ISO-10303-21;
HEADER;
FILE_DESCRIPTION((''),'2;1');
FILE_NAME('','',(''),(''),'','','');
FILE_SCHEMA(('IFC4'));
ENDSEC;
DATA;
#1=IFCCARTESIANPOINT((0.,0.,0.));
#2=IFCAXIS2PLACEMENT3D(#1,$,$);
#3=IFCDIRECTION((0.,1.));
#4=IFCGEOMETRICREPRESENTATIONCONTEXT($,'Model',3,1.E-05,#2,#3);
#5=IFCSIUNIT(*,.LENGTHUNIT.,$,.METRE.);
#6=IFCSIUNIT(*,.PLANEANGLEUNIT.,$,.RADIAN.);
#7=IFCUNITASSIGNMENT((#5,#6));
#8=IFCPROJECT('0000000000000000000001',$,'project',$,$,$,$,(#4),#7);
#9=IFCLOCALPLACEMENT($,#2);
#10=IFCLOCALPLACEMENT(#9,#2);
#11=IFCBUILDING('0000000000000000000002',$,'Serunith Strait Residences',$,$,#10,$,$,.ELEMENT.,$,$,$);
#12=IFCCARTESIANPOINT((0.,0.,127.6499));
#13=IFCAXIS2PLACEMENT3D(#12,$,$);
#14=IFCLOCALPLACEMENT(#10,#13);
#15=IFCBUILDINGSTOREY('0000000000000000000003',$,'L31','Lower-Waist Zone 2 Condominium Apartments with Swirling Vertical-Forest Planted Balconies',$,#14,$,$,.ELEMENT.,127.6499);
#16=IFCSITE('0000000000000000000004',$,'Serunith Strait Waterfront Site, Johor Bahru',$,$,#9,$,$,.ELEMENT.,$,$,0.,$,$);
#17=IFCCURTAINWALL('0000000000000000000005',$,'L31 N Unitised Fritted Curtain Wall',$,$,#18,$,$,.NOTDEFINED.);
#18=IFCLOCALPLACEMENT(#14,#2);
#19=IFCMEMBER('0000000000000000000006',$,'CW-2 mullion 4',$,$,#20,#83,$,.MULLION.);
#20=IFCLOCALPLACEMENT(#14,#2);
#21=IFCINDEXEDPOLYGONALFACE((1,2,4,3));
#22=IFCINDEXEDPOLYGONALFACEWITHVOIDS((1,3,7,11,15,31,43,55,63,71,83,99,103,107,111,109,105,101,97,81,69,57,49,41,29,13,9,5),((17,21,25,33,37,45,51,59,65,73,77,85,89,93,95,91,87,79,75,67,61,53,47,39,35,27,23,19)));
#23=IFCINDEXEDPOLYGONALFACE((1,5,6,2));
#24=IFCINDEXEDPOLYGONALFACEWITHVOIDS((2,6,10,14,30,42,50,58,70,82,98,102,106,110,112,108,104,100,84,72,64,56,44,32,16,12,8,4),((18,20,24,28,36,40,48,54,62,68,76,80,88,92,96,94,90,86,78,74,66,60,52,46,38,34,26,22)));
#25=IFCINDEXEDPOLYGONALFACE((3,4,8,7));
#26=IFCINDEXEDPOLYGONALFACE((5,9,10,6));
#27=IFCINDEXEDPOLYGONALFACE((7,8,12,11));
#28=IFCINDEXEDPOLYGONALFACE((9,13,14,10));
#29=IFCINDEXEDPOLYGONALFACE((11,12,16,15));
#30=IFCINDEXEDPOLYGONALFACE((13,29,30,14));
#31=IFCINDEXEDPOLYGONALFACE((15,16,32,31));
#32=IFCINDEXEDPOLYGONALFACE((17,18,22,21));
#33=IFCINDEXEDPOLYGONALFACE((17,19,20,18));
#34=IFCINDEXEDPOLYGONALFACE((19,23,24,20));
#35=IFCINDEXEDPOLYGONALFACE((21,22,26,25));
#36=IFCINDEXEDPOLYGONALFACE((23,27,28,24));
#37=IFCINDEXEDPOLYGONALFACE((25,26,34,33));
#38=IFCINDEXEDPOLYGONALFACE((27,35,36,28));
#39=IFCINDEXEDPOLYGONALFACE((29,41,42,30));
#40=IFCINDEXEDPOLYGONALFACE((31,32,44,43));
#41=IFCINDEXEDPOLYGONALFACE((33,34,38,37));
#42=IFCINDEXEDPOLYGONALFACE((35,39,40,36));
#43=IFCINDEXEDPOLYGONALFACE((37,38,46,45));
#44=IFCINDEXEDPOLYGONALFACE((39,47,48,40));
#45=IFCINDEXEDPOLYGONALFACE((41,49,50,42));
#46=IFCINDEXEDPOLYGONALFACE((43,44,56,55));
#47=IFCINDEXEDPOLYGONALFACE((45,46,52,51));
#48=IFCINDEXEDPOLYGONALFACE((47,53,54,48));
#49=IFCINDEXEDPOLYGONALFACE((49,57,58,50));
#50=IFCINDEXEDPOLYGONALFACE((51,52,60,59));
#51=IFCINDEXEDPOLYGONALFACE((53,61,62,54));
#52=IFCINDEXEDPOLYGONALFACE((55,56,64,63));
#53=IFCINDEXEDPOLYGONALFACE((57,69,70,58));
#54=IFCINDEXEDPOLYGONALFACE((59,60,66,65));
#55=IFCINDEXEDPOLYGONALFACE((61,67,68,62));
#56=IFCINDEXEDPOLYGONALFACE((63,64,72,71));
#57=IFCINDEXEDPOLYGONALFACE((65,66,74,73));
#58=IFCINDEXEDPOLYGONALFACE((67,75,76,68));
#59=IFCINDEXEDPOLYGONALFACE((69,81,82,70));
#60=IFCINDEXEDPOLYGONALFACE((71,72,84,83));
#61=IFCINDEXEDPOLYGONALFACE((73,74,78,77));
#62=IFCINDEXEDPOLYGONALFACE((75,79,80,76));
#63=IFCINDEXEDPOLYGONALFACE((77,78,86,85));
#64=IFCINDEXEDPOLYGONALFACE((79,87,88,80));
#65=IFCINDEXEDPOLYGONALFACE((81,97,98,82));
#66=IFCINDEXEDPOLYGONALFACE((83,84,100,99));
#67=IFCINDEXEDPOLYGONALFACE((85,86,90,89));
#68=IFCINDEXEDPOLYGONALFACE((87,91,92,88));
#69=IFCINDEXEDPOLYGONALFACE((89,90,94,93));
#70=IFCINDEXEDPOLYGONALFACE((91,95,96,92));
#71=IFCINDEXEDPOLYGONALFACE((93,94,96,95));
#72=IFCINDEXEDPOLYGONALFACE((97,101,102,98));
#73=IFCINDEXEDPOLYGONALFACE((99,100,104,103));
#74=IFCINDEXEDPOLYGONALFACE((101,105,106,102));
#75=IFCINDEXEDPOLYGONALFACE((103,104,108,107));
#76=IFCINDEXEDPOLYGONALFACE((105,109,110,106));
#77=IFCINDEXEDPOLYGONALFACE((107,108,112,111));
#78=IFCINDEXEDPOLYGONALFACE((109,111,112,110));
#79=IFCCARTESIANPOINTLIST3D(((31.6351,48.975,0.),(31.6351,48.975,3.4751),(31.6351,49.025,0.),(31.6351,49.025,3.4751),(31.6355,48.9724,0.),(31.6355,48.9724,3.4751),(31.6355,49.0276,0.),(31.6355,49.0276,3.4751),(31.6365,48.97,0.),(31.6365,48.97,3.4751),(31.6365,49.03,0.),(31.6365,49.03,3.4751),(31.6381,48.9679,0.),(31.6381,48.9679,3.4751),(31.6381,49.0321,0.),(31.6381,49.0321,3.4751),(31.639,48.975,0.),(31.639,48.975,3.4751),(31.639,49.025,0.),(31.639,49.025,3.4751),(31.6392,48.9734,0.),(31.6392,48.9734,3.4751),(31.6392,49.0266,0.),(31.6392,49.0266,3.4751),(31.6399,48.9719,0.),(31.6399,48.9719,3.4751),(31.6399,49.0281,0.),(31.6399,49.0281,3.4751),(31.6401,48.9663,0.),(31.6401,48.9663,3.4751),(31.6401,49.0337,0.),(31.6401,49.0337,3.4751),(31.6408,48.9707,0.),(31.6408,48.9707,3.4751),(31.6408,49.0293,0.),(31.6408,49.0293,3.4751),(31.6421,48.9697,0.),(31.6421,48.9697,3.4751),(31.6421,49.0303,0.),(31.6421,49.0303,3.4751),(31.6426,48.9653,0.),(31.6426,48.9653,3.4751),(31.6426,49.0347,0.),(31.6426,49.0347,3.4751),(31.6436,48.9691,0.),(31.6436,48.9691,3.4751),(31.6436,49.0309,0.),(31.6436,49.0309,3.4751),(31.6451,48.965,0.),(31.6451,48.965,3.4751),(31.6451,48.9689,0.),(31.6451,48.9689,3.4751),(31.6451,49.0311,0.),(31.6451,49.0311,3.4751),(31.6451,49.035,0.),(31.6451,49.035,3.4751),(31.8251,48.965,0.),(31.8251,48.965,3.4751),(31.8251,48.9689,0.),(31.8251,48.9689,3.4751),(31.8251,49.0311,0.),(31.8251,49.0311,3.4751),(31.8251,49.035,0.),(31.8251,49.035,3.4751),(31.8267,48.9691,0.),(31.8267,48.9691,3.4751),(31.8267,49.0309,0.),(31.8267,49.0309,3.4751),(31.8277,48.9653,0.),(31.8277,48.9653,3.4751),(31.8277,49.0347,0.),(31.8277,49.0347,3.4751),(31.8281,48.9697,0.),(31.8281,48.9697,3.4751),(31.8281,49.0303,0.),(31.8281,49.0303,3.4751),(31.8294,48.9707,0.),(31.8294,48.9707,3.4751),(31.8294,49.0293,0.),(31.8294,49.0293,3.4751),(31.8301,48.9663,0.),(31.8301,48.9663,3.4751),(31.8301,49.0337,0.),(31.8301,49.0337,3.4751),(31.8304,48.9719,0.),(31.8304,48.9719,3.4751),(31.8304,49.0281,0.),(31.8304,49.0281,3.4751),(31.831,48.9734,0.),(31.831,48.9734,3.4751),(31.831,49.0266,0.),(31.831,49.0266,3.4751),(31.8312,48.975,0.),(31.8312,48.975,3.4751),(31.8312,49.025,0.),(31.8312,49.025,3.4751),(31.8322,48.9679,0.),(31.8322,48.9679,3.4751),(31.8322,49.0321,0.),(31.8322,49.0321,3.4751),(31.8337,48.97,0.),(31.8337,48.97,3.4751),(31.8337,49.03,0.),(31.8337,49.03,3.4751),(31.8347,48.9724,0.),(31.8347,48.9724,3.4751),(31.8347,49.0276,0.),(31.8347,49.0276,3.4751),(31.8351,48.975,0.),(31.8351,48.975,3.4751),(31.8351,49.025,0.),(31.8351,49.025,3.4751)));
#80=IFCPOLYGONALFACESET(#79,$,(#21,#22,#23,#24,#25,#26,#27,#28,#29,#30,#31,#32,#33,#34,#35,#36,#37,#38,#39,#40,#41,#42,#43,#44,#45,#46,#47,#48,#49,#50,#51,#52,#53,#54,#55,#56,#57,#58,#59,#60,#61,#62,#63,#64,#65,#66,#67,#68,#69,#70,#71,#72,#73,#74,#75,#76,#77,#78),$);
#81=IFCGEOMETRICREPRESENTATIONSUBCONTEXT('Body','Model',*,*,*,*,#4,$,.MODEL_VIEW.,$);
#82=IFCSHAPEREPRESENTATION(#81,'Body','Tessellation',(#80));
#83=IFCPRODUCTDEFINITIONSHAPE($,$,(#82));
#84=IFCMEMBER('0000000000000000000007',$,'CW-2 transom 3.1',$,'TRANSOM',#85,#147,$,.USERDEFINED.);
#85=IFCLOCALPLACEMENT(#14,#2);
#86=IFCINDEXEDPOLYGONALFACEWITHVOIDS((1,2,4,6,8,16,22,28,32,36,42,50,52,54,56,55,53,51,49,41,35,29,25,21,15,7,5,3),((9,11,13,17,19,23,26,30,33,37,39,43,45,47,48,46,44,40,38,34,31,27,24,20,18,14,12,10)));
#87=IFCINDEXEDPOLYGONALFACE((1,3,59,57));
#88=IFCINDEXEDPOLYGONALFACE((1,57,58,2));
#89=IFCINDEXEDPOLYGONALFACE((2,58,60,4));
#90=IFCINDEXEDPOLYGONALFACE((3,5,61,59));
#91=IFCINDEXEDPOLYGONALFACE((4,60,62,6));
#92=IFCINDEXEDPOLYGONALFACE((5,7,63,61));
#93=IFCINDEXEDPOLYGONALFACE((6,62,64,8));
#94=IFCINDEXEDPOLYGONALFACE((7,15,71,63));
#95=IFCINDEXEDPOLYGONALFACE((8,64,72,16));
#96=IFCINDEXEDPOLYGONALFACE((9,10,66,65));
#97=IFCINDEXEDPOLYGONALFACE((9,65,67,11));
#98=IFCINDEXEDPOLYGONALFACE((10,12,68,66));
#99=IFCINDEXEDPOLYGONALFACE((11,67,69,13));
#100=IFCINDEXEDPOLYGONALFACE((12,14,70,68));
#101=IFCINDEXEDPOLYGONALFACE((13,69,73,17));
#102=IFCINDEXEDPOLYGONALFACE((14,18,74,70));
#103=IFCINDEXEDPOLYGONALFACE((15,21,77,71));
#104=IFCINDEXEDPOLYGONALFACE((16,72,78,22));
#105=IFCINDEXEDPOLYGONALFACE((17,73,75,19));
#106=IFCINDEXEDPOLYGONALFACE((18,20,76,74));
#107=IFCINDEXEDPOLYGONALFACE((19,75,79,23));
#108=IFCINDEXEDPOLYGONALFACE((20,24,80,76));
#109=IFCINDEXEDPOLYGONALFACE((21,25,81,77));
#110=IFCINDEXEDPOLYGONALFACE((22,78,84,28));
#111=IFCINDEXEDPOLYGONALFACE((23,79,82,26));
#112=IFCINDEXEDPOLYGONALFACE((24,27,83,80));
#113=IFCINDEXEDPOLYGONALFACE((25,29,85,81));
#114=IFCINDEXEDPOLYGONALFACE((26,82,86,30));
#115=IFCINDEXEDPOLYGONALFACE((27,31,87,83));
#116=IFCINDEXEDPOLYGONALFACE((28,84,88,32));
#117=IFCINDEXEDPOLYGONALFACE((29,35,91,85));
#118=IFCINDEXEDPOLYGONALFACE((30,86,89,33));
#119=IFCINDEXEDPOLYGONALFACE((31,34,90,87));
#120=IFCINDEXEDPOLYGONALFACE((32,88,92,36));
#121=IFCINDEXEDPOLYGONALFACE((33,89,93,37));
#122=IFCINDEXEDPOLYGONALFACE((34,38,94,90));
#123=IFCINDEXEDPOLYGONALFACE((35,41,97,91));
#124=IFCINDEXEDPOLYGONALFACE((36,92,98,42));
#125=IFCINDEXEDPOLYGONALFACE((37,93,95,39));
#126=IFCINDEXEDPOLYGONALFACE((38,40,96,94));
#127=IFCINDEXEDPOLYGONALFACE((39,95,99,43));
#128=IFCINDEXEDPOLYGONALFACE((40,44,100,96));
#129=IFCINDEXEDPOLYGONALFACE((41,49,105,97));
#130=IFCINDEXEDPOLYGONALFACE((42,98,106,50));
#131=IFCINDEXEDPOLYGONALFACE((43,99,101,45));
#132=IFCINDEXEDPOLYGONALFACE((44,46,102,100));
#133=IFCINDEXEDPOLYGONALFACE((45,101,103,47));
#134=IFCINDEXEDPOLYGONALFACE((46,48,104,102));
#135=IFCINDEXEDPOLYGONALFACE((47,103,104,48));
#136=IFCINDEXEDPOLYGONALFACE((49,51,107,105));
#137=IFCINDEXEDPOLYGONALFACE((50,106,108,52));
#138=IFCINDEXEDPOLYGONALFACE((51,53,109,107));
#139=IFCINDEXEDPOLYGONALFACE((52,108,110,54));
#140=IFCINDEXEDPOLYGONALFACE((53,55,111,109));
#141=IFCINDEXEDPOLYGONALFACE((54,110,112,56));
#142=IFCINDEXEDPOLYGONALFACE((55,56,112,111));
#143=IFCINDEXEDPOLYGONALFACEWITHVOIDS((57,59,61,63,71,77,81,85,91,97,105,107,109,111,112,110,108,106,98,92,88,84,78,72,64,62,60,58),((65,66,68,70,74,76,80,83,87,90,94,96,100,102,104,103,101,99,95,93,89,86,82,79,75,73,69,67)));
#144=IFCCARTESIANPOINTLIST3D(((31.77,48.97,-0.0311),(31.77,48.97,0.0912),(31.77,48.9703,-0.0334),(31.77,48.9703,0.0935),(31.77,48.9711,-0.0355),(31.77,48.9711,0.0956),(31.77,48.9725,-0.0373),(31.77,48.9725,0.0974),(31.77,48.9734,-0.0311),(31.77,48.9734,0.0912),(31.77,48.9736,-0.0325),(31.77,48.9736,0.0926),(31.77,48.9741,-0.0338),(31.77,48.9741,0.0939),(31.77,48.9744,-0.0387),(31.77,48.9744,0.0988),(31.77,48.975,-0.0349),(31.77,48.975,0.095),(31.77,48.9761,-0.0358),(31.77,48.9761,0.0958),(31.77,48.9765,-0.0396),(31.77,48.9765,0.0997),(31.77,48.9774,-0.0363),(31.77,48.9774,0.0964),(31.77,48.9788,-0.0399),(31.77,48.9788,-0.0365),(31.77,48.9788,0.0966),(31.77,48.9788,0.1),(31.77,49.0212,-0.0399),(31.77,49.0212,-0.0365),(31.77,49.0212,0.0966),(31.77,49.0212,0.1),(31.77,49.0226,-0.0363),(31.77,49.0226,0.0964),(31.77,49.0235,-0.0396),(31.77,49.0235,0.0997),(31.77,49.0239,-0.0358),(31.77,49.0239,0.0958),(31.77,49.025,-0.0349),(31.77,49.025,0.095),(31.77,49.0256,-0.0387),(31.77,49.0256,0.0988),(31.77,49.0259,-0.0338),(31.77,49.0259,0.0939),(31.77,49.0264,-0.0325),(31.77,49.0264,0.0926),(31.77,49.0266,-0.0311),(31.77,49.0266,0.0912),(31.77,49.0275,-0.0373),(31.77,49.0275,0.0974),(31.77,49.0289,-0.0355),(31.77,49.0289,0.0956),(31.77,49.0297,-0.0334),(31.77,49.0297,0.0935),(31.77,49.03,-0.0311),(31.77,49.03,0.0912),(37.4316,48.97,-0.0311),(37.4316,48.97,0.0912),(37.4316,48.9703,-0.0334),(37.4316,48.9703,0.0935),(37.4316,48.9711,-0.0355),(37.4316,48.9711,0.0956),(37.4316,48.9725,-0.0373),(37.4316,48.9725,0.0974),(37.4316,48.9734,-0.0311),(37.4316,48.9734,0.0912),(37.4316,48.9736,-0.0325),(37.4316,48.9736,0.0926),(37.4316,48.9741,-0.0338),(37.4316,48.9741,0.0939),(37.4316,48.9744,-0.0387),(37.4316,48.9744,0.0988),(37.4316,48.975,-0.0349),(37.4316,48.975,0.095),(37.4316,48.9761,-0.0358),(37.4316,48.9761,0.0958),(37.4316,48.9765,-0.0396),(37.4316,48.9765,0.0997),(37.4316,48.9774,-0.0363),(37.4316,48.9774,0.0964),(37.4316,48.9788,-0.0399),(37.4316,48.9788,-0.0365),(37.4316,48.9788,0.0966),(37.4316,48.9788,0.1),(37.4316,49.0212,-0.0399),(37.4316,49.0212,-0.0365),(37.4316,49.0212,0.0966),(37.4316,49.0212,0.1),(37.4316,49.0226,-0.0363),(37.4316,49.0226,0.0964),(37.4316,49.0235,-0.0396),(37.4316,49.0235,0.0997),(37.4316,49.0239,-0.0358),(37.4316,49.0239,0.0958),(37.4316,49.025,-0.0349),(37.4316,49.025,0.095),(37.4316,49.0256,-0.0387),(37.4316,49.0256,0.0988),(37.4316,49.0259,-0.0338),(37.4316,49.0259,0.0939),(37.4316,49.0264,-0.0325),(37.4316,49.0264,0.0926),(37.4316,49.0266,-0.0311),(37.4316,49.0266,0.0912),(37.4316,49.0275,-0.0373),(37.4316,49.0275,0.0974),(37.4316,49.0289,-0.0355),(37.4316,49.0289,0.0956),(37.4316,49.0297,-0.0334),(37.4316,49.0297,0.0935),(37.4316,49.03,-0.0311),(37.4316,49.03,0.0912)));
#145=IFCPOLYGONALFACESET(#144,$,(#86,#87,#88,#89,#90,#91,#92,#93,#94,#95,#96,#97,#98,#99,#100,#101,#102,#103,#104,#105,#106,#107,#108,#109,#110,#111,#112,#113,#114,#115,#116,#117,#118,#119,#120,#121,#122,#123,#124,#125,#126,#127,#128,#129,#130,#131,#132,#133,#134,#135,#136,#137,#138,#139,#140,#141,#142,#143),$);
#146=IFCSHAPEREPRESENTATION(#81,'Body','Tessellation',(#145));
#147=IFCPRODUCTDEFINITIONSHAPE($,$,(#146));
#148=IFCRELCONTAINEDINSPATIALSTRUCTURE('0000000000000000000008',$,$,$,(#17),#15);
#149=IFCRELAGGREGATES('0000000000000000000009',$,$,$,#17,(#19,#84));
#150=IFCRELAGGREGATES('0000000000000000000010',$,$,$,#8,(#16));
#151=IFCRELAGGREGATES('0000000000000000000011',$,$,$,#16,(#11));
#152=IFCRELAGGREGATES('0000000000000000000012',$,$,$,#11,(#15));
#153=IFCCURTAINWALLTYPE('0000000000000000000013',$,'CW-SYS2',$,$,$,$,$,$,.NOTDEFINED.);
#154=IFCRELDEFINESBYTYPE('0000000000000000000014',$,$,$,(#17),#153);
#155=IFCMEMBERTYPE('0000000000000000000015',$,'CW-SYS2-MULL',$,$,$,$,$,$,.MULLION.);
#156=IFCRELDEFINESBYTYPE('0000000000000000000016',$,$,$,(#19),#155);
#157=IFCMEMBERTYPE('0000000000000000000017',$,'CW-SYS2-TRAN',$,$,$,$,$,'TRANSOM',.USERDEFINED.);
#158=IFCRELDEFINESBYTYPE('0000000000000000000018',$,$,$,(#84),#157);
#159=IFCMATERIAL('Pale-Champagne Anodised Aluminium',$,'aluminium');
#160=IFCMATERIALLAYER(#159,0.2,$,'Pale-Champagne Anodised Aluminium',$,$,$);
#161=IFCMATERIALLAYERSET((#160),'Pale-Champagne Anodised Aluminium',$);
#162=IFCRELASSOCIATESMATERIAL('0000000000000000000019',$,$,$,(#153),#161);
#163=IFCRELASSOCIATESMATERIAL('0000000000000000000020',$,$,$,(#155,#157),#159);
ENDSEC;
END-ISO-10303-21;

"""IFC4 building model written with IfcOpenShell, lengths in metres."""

from ifc_helpers import new_model, si_unit, direction, frame, origin, origin_2d, place, context, subcontext, project, spatial, hollow_rectangle, extrude, source, transform, mapped, material, layer, layer_set, material_profile, profile_set, type_object, element, aggregate, save


model = new_model("IFC4")

# Units and contexts
model_context = context("Model", 3, precision=1e-05, world=origin(), true_north=direction((0.0, 1.0)))
body_context = subcontext(model_context, "Body", "Model", "MODEL_VIEW")
ifc_project = project(units=[si_unit("LENGTHUNIT", "METRE"), si_unit("PLANEANGLEUNIT", "RADIAN")], contexts=[model_context])

# Site, building, storey
site_placement = place(None, origin())
site = spatial("IfcSite", under=ifc_project, at=site_placement, Name="Serunith Strait Waterfront Site, Johor Bahru", CompositionType="ELEMENT", RefElevation=0.0)
building_placement = place(site_placement, origin())
building = spatial("IfcBuilding", under=site, at=building_placement, Name="Serunith Strait Residences", CompositionType="ELEMENT")
storey_placement = place(building_placement, frame((0.0, 0.0, 127.6499)))
storey = spatial("IfcBuildingStorey", under=building, at=storey_placement, Name="L31", Description="Lower-Waist Zone 2 Condominium Apartments with Swirling Vertical-Forest Planted Balconies", CompositionType="ELEMENT", Elevation=127.6499)

# Curtain wall, members
ifc_material_1 = material(Name="Pale-Champagne Anodised Aluminium", Category="aluminium")
ifc_layer_1 = layer(ifc_material_1, 0.2, Name="Pale-Champagne Anodised Aluminium")
ifc_layer_set_1 = layer_set([ifc_layer_1], Name="Pale-Champagne Anodised Aluminium")
curtain_wall_type = type_object("IfcCurtainWallType", Name="CW-SYS2", PredefinedType="NOTDEFINED", material=ifc_layer_set_1)
curtain_wall_placement = place(storey_placement, origin())
curtain_wall = element("IfcCurtainWall", 1, at=curtain_wall_placement, inside=storey, type_object=curtain_wall_type, Name="L31 N Unitised Fritted Curtain Wall", PredefinedType="NOTDEFINED")
ifc_material_profile_1 = material_profile(ifc_material_1, hollow_rectangle(XDim=0.0701, YDim=0.2, WallThickness=0.0039, InnerFilletRadius=0.0061, OuterFilletRadius=0.01, at=origin_2d()), Name="ALU 200x70x4")
ifc_profile_set_1 = profile_set([ifc_material_profile_1], Name="Pale-Champagne Anodised Aluminium")
member_type_1 = type_object("IfcMemberType", Name="CW-SYS2-MULL", PredefinedType="MULLION", material=ifc_profile_set_1)
shared_shape_1 = source(origin(), body_context, "Body", "SweptSolid", [
    extrude(hollow_rectangle(XDim=0.0701, YDim=0.2, WallThickness=0.0039, InnerFilletRadius=0.0061, OuterFilletRadius=0.01, at=origin_2d()), origin(), (0.0, 0.0, 1.0), 3.4751),
])
member_1_placement = place(storey_placement, frame((31.7351, 49.0, 0.0), z_axis=(0.0, 0.0, 1.0), x_axis=(0.0, -1.0, 0.0)))
member_1 = element("IfcMember", 2, at=member_1_placement, type_object=member_type_1, Name="CW-2 mullion 4", PredefinedType="MULLION", context=body_context, shape_type="MappedRepresentation", body=[
    mapped(shared_shape_1, transform((0.0, 0.0, 0.0), scale=1.0)),
])
ifc_material_profile_2 = material_profile(ifc_material_1, hollow_rectangle(XDim=0.0601, YDim=0.1399, WallThickness=0.0034, InnerFilletRadius=0.0054, OuterFilletRadius=0.0088, at=origin_2d()), Name="ALU 140x60x3.5")
ifc_profile_set_2 = profile_set([ifc_material_profile_2], Name="Pale-Champagne Anodised Aluminium")
member_type_2 = type_object("IfcMemberType", Name="CW-SYS2-TRAN", ElementType="TRANSOM", PredefinedType="USERDEFINED", material=ifc_profile_set_2)
shared_shape_2 = source(origin(), body_context, "Body", "SweptSolid", [
    extrude(hollow_rectangle(XDim=0.0601, YDim=0.1399, WallThickness=0.0034, InnerFilletRadius=0.0054, OuterFilletRadius=0.0088, at=origin_2d()), origin(), (0.0, 0.0, 1.0), 5.6616),
])
member_2_placement = place(storey_placement, frame((37.4316, 49.0, 0.03), z_axis=(-1.0, 0.0, 0.0), x_axis=(0.0, -1.0, 0.0)))
member_2 = element("IfcMember", 3, at=member_2_placement, type_object=member_type_2, Name="CW-2 transom 3.1", ObjectType="TRANSOM", PredefinedType="USERDEFINED", context=body_context, shape_type="MappedRepresentation", body=[
    mapped(shared_shape_2, transform((0.0, 0.0, 0.0), scale=1.0)),
])
aggregate(curtain_wall, [member_1, member_2])

save(model, "model.ifc")
